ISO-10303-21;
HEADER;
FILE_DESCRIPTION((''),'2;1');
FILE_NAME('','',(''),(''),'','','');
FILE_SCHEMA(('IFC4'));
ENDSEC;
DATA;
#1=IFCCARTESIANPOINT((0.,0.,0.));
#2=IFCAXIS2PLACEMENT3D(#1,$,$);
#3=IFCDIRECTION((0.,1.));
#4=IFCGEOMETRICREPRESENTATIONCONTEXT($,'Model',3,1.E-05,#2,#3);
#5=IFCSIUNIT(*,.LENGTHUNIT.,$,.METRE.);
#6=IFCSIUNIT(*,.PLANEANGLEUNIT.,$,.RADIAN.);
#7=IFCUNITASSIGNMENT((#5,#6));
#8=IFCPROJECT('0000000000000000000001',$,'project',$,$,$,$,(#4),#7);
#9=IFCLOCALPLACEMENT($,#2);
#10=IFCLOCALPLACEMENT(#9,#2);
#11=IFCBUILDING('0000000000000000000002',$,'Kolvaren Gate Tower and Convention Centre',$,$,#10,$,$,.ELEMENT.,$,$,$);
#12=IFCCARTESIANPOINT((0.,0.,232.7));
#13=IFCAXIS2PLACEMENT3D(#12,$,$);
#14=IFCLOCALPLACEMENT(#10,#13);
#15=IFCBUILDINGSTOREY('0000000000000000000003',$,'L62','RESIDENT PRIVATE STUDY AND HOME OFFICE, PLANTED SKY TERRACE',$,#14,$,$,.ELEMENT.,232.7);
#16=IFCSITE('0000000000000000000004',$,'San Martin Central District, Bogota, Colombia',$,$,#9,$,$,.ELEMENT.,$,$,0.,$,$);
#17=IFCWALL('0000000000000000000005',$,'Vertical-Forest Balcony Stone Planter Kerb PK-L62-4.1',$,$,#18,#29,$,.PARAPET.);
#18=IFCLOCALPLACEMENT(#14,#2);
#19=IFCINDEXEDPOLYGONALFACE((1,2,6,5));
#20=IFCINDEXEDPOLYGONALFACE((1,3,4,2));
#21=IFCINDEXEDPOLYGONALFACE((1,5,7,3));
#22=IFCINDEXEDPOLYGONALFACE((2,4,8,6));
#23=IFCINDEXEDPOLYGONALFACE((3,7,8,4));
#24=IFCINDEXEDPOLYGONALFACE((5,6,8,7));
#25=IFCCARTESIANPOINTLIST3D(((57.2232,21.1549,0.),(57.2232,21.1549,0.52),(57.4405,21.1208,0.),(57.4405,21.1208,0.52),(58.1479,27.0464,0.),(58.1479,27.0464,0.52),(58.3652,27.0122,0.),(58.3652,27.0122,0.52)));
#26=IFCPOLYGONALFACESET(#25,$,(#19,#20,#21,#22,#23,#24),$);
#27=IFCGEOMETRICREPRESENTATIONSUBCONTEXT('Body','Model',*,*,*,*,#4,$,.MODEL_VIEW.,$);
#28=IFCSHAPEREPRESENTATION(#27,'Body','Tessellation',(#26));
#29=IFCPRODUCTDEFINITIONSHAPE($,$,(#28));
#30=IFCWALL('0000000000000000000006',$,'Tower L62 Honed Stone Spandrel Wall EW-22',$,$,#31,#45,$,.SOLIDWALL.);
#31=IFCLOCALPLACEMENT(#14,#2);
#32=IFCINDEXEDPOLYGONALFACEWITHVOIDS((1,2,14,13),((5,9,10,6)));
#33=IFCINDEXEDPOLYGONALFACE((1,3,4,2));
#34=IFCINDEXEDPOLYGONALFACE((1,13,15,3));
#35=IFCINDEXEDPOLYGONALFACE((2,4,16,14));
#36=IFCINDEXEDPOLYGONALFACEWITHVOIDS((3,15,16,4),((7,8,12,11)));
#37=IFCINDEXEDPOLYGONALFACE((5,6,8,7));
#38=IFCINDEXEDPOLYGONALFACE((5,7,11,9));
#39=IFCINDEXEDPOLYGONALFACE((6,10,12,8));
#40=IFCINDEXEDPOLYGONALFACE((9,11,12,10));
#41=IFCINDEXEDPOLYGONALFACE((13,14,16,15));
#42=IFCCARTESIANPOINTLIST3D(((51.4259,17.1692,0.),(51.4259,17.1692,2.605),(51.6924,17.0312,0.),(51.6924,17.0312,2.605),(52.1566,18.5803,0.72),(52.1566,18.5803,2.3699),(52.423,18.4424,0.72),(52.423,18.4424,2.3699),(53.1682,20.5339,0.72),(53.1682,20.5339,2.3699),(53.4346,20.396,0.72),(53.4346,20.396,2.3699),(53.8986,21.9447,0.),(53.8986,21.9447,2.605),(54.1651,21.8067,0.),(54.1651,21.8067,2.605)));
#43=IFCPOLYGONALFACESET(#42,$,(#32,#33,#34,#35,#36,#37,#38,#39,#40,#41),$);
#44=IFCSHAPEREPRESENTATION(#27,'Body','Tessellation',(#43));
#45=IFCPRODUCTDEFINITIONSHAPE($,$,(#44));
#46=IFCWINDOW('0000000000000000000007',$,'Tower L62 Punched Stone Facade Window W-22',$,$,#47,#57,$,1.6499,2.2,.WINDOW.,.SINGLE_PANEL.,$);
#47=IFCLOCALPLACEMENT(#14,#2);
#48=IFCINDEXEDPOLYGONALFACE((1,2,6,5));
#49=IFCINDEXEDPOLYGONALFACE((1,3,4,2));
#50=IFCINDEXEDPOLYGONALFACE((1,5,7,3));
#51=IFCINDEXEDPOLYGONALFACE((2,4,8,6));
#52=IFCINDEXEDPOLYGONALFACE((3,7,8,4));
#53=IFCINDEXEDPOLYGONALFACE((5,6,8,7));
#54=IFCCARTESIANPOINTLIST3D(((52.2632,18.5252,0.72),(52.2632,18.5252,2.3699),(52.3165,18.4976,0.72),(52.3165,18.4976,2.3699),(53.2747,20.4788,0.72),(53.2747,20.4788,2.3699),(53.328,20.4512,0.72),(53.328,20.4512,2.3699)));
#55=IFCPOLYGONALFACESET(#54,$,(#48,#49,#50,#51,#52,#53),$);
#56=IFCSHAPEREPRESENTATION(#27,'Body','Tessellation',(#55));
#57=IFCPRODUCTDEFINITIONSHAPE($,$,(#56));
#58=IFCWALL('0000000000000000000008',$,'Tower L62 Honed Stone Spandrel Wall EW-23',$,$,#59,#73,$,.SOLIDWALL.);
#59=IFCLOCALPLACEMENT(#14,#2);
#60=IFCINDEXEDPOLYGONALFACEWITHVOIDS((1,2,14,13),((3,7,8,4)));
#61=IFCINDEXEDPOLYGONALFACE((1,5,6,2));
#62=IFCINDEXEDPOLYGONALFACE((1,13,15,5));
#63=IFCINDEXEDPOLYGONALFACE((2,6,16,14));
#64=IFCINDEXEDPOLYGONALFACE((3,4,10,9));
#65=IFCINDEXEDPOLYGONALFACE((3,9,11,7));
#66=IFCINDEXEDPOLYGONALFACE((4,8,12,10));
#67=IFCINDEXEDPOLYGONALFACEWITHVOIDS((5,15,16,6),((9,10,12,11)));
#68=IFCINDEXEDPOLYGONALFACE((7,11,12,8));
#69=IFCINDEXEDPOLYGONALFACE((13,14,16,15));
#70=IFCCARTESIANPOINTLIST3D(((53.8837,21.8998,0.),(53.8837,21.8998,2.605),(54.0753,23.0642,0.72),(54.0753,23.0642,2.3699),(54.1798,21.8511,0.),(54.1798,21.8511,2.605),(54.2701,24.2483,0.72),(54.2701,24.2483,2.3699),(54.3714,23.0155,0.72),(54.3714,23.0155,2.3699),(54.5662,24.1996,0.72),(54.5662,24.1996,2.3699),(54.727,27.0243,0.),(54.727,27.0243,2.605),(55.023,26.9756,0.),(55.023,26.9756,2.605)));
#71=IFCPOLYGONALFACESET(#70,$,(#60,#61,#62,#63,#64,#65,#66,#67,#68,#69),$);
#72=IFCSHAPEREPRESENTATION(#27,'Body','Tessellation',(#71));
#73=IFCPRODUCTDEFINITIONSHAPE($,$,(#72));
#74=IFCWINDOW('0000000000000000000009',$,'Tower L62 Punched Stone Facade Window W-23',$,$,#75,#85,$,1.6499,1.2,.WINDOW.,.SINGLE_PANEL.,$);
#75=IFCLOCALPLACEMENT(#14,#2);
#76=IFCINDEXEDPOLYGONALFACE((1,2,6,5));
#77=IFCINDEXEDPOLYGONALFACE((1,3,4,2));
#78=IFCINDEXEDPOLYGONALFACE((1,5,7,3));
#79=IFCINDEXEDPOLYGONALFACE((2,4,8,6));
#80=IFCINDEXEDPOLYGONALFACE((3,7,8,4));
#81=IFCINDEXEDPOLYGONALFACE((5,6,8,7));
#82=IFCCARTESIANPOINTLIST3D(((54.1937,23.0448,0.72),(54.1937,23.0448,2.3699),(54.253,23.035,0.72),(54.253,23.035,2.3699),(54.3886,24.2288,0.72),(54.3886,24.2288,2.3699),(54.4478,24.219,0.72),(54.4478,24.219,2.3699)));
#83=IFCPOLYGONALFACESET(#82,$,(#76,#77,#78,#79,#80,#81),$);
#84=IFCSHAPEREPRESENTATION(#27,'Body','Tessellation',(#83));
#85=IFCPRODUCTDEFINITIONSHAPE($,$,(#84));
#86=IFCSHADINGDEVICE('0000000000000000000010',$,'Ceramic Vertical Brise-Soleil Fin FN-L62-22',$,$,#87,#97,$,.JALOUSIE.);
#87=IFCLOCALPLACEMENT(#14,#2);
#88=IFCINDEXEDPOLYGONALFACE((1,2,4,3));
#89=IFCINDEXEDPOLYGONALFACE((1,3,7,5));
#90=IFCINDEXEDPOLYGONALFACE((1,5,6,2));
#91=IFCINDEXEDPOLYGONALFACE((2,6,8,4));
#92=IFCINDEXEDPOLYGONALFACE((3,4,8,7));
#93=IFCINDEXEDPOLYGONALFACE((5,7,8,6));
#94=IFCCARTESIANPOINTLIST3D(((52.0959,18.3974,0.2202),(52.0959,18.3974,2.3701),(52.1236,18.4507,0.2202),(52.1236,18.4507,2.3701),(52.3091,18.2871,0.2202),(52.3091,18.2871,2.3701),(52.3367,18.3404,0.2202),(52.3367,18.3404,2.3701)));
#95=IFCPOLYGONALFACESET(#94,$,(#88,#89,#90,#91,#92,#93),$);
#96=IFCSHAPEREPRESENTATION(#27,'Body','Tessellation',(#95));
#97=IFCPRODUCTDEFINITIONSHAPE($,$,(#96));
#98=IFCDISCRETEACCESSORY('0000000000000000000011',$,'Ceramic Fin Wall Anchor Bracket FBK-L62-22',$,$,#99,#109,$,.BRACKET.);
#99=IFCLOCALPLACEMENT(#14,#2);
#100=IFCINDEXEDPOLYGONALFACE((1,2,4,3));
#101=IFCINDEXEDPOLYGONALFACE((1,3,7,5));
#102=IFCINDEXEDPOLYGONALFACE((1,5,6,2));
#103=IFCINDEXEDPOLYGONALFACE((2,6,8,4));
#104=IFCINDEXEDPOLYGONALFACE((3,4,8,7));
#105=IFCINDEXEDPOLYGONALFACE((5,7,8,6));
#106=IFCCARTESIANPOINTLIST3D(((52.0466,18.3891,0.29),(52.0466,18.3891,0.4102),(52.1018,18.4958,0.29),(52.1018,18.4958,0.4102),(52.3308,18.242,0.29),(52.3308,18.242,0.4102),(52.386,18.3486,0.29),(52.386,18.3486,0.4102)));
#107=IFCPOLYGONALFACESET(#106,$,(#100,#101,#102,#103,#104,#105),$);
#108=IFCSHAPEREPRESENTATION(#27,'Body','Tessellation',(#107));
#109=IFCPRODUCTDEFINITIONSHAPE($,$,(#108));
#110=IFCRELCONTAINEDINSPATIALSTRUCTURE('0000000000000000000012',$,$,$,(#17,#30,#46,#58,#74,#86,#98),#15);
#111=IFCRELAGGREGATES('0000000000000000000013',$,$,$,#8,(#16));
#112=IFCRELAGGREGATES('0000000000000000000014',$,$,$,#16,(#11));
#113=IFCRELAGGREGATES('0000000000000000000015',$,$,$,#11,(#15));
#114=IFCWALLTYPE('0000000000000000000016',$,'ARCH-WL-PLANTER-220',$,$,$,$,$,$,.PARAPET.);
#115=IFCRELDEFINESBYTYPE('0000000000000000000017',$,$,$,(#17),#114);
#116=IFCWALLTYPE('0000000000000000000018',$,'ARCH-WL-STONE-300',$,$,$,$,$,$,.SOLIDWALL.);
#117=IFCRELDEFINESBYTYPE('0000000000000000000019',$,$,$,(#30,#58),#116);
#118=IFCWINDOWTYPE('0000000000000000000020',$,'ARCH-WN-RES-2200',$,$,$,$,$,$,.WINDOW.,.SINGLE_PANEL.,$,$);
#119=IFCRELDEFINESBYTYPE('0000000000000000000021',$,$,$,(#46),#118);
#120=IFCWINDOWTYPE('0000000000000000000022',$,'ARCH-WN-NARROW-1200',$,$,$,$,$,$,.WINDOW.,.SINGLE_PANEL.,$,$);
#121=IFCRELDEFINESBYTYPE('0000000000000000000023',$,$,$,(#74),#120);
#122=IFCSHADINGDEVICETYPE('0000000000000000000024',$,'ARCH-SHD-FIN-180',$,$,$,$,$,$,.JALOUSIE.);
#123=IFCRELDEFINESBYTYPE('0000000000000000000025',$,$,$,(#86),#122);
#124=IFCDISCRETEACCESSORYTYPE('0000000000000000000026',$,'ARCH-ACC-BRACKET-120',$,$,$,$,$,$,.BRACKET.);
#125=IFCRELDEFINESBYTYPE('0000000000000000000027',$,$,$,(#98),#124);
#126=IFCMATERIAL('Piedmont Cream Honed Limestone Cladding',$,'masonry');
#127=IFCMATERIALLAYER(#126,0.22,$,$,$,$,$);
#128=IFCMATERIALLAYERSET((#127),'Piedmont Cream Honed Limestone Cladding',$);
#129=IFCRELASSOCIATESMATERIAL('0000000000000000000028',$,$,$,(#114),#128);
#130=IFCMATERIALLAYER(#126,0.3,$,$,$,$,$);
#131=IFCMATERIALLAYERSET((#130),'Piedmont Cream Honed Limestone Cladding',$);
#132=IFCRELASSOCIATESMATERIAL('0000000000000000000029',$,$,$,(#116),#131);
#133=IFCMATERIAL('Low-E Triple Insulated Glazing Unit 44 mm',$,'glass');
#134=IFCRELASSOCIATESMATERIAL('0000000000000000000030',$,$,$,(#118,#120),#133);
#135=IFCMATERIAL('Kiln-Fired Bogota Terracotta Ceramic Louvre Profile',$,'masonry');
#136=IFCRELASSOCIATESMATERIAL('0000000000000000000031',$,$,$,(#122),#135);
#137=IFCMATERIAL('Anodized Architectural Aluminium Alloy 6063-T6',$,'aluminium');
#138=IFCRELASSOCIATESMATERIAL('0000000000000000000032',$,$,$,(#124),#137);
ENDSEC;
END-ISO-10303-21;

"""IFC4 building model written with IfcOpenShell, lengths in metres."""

from ifc_helpers import new_model, si_unit, direction, frame, frame_2d, origin, origin_2d, place, context, subcontext, project, spatial, rectangle, extrude, material, layer, layer_set, type_object, element, fill, save


model = new_model("IFC4")

# Units and contexts
model_context = context("Model", 3, precision=1e-05, world=origin(), true_north=direction((0.0, 1.0)))
body_context = subcontext(model_context, "Body", "Model", "MODEL_VIEW")
ifc_project = project(units=[si_unit("LENGTHUNIT", "METRE"), si_unit("PLANEANGLEUNIT", "RADIAN")], contexts=[model_context])

# Site, building, storey
site_placement = place(None, origin())
site = spatial("IfcSite", under=ifc_project, at=site_placement, Name="San Martin Central District, Bogota, Colombia", CompositionType="ELEMENT", RefElevation=0.0)
building_placement = place(site_placement, origin())
building = spatial("IfcBuilding", under=site, at=building_placement, Name="Kolvaren Gate Tower and Convention Centre", CompositionType="ELEMENT")
storey_placement = place(building_placement, frame((0.0, 0.0, 232.7)))
storey = spatial("IfcBuildingStorey", under=building, at=storey_placement, Name="L62", Description="RESIDENT PRIVATE STUDY AND HOME OFFICE, PLANTED SKY TERRACE", CompositionType="ELEMENT", Elevation=232.7)

# Shared definitions
ifc_material_1 = material(Name="Anodized Architectural Aluminium Alloy 6063-T6", Category="aluminium")

# Shared definitions
ifc_material_2 = material(Name="Low-E Triple Insulated Glazing Unit 44 mm", Category="glass")

# Wall
ifc_material_3 = material(Name="Piedmont Cream Honed Limestone Cladding", Category="masonry")
ifc_layer_1 = layer(ifc_material_3, 0.22)
ifc_layer_set_1 = layer_set([ifc_layer_1], Name="Piedmont Cream Honed Limestone Cladding")
wall_type_1 = type_object("IfcWallType", Name="ARCH-WL-PLANTER-220", PredefinedType="PARAPET", material=ifc_layer_set_1)
wall_1_placement = place(storey_placement, frame((57.3318, 21.1377, 0.0), z_axis=(0.0, 0.0, 1.0), x_axis=(0.155071, 0.987903, 0.0)))
element("IfcWall", 1, at=wall_1_placement, inside=storey, type_object=wall_type_1, Name="Vertical-Forest Balcony Stone Planter Kerb PK-L62-4.1", PredefinedType="PARAPET", context=body_context, shape_type="SweptSolid", body=[
    extrude(rectangle(XDim=5.9636, YDim=0.22, at=frame_2d((2.9819, 0.0))), origin(), (0.0, 0.0, 1.0), 0.52),
])

# Walls, openings, windows
ifc_layer_2 = layer(ifc_material_3, 0.3)
ifc_layer_set_2 = layer_set([ifc_layer_2], Name="Piedmont Cream Honed Limestone Cladding")
wall_type_2 = type_object("IfcWallType", Name="ARCH-WL-STONE-300", PredefinedType="SOLIDWALL", material=ifc_layer_set_2)
wall_2_placement = place(storey_placement, frame((51.5591, 17.1001, 0.0), z_axis=(0.0, 0.0, 1.0), x_axis=(0.459808, 0.888018, 0.0)))
wall_2 = element("IfcWall", 2, at=wall_2_placement, inside=storey, type_object=wall_type_2, Name="Tower L62 Honed Stone Spandrel Wall EW-22", PredefinedType="SOLIDWALL", context=body_context, shape_type="SweptSolid", body=[
    extrude(rectangle(XDim=5.3777, YDim=0.3, at=frame_2d((2.689, 0.0))), origin(), (0.0, 0.0, 1.0), 2.605),
])
opening_1_placement = place(wall_2_placement, frame((1.5891, 0.0, 0.72)))
opening_1 = element("IfcOpeningElement", 3, at=opening_1_placement, cuts=wall_2, PredefinedType="OPENING", context=body_context, shape_type="SweptSolid", body=[
    extrude(rectangle(XDim=2.2, YDim=1.6499, at=frame_2d((1.1001, 0.825))), frame((0.0, 0.1599, 0.0), z_axis=(0.0, -1.0, 0.0), x_axis=(1.0, 0.0, 0.0)), (0.0, 0.0, 1.0), 0.3201),
])
window_type_1 = type_object("IfcWindowType", Name="ARCH-WN-RES-2200", PartitioningType="SINGLE_PANEL", PredefinedType="WINDOW", material=ifc_material_2)
window_1_placement = place(opening_1_placement, origin())
window_1 = element("IfcWindow", 4, at=window_1_placement, inside=storey, type_object=window_type_1, Name="Tower L62 Punched Stone Facade Window W-22", OverallHeight=1.6499, OverallWidth=2.2, PartitioningType="SINGLE_PANEL", PredefinedType="WINDOW", context=body_context, shape_type="SweptSolid", body=[
    extrude(rectangle(XDim=2.2, YDim=1.6499, at=frame_2d((1.1001, 0.825))), frame((0.0, 0.03, 0.0), z_axis=(0.0, -1.0, 0.0), x_axis=(1.0, 0.0, 0.0)), (0.0, 0.0, 1.0), 0.0601),
])
fill(opening_1, window_1)
wall_3_placement = place(storey_placement, frame((54.0317, 21.8755, 0.0), z_axis=(0.0, 0.0, 1.0), x_axis=(0.162371, 0.98673, 0.0)))
wall_3 = element("IfcWall", 5, at=wall_3_placement, inside=storey, type_object=wall_type_2, Name="Tower L62 Honed Stone Spandrel Wall EW-23", PredefinedType="SOLIDWALL", context=body_context, shape_type="SweptSolid", body=[
    extrude(rectangle(XDim=5.1934, YDim=0.3, at=frame_2d((2.5967, 0.0))), origin(), (0.0, 0.0, 1.0), 2.605),
])
opening_2_placement = place(wall_3_placement, frame((1.1799, 0.0, 0.72)))
opening_2 = element("IfcOpeningElement", 6, at=opening_2_placement, cuts=wall_3, PredefinedType="OPENING", context=body_context, shape_type="SweptSolid", body=[
    extrude(rectangle(XDim=1.2, YDim=1.6499, at=frame_2d((0.6001, 0.825))), frame((0.0, 0.1599, 0.0), z_axis=(0.0, -1.0, 0.0), x_axis=(1.0, 0.0, 0.0)), (0.0, 0.0, 1.0), 0.3201),
])
window_type_2 = type_object("IfcWindowType", Name="ARCH-WN-NARROW-1200", PartitioningType="SINGLE_PANEL", PredefinedType="WINDOW", material=ifc_material_2)
window_2_placement = place(opening_2_placement, origin())
window_2 = element("IfcWindow", 7, at=window_2_placement, inside=storey, type_object=window_type_2, Name="Tower L62 Punched Stone Facade Window W-23", OverallHeight=1.6499, OverallWidth=1.2, PartitioningType="SINGLE_PANEL", PredefinedType="WINDOW", context=body_context, shape_type="SweptSolid", body=[
    extrude(rectangle(XDim=1.2, YDim=1.6499, at=frame_2d((0.6001, 0.825))), frame((0.0, 0.03, 0.0), z_axis=(0.0, -1.0, 0.0), x_axis=(1.0, 0.0, 0.0)), (0.0, 0.0, 1.0), 0.0601),
])
fill(opening_2, window_2)

# Shading device
ifc_material_4 = material(Name="Kiln-Fired Bogota Terracotta Ceramic Louvre Profile", Category="masonry")
shading_device_type = type_object("IfcShadingDeviceType", Name="ARCH-SHD-FIN-180", PredefinedType="JALOUSIE", material=ifc_material_4)
shading_device_placement = place(storey_placement, frame((52.2163, 18.3689, 0.2202), z_axis=(0.0, 0.0, 1.0), x_axis=(0.4598, 0.888023, 0.0)))
element("IfcShadingDevice", 8, at=shading_device_placement, inside=storey, type_object=shading_device_type, Name="Ceramic Vertical Brise-Soleil Fin FN-L62-22", PredefinedType="JALOUSIE", context=body_context, shape_type="SweptSolid", body=[
    extrude(rectangle(XDim=0.0601, YDim=0.24, at=origin_2d()), origin(), (0.0, 0.0, 1.0), 2.1499),
])

# Discrete accessory
discrete_accessory_type = type_object("IfcDiscreteAccessoryType", Name="ARCH-ACC-BRACKET-120", PredefinedType="BRACKET", material=ifc_material_1)
discrete_accessory_placement = place(storey_placement, frame((52.2163, 18.3689, 0.29), z_axis=(0.0, 0.0, 1.0), x_axis=(0.4598, 0.888023, 0.0)))
element("IfcDiscreteAccessory", 9, at=discrete_accessory_placement, inside=storey, type_object=discrete_accessory_type, Name="Ceramic Fin Wall Anchor Bracket FBK-L62-22", PredefinedType="BRACKET", context=body_context, shape_type="SweptSolid", body=[
    extrude(rectangle(XDim=0.1201, YDim=0.3201, at=origin_2d()), origin(), (0.0, 0.0, 1.0), 0.1201),
])

save(model, "model.ifc")
